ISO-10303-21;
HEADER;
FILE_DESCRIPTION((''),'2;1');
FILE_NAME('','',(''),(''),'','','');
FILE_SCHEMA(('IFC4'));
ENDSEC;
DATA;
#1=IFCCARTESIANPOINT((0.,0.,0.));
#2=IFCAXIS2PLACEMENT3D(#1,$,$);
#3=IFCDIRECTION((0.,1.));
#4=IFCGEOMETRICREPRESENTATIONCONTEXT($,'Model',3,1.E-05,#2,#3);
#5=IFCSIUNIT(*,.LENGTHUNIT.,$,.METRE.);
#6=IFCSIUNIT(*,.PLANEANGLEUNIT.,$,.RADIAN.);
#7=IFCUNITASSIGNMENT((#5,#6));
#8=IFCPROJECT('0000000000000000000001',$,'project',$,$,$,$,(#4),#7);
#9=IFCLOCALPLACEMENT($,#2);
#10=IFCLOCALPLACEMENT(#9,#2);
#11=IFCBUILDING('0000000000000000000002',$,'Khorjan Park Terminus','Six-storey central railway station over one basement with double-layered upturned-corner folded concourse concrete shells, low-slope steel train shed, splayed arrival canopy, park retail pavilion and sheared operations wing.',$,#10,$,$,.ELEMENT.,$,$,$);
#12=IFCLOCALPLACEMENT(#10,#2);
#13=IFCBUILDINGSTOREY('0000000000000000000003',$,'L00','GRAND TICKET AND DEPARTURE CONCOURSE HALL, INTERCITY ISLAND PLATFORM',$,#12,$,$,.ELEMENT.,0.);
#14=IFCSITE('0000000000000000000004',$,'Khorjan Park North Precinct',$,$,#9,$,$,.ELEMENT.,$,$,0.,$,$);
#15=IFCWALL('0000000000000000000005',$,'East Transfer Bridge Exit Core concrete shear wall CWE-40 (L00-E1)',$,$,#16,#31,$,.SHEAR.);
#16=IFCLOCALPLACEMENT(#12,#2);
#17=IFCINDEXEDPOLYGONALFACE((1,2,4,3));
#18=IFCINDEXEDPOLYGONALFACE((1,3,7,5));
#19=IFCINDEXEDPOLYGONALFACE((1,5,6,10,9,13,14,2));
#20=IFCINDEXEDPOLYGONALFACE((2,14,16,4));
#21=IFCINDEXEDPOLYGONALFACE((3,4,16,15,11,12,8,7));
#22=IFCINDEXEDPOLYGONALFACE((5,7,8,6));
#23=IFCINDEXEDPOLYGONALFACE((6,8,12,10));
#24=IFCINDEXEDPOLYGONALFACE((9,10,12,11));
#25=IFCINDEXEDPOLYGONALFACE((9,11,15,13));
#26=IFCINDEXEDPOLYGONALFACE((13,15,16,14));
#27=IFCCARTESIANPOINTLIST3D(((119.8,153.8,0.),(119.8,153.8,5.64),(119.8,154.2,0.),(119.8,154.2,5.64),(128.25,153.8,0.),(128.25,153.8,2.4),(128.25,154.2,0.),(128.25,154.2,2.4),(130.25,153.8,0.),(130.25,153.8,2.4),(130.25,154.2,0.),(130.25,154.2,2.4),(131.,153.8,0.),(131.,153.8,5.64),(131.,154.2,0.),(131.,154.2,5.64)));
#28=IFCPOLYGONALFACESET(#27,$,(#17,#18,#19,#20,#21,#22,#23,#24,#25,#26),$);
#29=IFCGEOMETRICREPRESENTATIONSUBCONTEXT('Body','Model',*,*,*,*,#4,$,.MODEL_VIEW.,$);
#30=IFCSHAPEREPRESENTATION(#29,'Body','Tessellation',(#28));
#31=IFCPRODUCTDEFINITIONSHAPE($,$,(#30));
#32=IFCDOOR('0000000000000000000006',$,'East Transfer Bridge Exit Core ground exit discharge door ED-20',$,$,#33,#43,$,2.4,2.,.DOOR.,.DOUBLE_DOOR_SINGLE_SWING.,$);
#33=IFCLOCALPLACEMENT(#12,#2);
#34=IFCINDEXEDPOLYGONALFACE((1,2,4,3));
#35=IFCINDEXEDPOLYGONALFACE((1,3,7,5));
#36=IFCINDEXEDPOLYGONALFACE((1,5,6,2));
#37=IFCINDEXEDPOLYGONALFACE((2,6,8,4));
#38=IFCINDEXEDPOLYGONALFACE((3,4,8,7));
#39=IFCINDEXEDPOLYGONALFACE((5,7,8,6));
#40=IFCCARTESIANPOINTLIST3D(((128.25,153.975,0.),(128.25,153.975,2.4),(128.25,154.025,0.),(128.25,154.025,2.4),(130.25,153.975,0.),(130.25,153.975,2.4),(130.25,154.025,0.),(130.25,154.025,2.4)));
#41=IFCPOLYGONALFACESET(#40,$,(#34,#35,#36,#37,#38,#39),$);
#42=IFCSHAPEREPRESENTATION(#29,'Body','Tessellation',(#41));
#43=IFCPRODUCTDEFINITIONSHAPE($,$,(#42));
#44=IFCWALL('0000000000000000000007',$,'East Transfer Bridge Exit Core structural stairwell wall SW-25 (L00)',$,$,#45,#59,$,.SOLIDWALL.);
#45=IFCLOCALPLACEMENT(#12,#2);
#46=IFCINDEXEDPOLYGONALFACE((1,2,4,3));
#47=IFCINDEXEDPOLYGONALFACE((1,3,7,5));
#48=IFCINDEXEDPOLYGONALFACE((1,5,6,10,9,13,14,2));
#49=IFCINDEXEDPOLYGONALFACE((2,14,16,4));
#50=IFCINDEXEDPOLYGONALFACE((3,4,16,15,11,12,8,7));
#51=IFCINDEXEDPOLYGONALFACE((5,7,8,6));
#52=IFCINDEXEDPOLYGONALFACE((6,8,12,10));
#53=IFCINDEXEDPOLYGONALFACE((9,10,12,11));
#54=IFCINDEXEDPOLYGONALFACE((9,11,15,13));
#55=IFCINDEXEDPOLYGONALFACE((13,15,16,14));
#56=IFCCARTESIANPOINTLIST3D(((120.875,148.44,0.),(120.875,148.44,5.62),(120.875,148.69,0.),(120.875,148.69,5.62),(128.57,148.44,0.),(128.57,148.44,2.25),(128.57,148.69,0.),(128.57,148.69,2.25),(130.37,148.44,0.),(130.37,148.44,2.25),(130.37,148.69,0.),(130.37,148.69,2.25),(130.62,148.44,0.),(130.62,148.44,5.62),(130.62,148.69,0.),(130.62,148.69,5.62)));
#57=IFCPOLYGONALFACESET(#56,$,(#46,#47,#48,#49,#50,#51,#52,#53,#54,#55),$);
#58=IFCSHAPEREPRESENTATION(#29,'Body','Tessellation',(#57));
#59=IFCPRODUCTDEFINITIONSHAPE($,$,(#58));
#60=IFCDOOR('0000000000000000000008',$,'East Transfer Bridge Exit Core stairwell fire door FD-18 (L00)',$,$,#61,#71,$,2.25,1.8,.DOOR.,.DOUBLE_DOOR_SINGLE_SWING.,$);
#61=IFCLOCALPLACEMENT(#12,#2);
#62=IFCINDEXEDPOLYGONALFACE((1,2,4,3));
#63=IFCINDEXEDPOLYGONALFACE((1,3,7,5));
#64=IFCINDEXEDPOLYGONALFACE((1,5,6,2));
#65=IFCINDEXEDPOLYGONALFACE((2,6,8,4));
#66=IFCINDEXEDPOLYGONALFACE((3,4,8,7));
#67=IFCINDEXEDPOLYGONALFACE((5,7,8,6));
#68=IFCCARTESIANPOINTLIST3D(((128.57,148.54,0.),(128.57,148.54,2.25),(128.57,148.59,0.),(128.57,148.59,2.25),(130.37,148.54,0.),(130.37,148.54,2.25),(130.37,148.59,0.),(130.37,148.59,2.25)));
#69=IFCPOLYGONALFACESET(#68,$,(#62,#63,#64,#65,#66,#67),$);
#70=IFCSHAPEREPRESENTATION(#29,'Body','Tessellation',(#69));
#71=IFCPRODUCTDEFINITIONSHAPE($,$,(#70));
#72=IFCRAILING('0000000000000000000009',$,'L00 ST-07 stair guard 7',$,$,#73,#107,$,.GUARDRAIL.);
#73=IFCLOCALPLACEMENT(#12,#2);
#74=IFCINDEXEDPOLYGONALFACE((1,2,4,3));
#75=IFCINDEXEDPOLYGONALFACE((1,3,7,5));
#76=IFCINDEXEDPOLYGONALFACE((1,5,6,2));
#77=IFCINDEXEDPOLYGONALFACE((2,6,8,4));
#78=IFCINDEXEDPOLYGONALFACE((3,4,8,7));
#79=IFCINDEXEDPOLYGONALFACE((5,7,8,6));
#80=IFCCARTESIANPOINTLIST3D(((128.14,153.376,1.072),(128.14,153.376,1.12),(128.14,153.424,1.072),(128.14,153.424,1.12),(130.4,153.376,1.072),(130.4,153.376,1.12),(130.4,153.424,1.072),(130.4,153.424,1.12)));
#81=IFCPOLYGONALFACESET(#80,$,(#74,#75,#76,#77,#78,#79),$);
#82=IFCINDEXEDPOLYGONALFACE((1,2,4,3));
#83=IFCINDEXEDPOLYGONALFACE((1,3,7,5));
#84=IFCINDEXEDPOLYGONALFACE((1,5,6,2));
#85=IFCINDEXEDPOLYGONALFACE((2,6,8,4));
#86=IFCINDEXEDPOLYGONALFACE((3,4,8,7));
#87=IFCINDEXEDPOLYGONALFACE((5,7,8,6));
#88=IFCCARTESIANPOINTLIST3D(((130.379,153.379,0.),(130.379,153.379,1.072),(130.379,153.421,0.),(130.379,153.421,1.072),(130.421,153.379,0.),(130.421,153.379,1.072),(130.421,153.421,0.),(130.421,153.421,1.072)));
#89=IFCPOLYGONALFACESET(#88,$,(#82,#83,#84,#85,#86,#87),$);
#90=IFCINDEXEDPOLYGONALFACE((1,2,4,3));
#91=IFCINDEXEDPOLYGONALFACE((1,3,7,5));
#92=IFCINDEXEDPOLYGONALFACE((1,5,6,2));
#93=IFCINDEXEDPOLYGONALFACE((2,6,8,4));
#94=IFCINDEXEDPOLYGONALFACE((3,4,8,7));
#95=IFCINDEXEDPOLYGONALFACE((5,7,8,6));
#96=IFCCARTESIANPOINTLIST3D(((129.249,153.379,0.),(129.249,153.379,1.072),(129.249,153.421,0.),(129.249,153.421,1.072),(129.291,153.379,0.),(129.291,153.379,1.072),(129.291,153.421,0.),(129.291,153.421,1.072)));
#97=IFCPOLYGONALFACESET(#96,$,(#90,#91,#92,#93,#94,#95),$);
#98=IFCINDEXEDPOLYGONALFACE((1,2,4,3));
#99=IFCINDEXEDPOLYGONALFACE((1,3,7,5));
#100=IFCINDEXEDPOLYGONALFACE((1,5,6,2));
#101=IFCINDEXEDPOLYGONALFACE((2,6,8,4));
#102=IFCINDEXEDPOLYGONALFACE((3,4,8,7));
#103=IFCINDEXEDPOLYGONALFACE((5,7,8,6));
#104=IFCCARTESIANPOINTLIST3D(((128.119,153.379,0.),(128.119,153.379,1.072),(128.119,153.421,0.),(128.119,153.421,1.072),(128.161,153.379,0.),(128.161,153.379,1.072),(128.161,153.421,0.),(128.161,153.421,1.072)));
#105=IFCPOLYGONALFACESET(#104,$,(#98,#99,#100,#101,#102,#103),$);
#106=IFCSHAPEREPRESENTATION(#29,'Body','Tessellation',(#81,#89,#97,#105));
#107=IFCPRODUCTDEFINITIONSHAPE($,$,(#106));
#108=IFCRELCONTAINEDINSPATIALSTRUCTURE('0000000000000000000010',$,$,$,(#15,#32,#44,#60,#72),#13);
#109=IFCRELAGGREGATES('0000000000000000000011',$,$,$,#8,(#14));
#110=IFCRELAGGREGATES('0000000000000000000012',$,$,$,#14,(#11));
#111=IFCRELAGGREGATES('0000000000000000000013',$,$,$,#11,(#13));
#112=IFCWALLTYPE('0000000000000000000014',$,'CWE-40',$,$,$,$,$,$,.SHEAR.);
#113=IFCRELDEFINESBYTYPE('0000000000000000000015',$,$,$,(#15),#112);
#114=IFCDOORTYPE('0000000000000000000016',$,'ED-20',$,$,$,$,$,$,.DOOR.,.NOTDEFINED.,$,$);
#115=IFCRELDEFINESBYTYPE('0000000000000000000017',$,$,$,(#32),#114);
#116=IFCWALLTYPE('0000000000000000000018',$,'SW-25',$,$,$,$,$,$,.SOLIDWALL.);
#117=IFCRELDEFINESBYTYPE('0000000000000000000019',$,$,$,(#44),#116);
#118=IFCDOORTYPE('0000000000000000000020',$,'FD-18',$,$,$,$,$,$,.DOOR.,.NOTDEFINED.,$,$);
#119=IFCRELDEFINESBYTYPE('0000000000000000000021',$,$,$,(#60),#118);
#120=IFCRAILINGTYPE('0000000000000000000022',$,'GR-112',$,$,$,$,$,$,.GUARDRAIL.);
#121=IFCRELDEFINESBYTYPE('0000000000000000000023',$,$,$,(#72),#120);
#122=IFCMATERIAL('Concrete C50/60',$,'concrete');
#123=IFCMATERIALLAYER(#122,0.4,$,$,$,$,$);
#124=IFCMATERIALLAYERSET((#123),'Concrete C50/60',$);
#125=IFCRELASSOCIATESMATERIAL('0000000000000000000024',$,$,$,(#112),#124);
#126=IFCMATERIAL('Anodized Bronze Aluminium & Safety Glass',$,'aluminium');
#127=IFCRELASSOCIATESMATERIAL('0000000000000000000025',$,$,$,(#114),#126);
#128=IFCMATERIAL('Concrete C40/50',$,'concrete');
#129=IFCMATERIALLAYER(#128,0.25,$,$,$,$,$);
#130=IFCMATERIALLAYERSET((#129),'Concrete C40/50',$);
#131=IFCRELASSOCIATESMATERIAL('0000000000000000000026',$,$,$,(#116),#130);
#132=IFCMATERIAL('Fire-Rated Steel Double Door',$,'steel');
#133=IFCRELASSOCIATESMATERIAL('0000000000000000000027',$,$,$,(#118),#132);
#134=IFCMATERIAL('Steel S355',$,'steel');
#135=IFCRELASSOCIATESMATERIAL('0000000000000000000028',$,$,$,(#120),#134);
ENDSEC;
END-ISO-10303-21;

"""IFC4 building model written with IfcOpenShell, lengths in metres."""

from ifc_helpers import new_model, si_unit, direction, frame, frame_2d, origin, origin_2d, place, context, subcontext, project, spatial, rectangle, extrude, material, layer, layer_set, type_object, element, fill, save


model = new_model("IFC4")

# Units and contexts
model_context = context("Model", 3, precision=1e-05, world=origin(), true_north=direction((0.0, 1.0)))
body_context = subcontext(model_context, "Body", "Model", "MODEL_VIEW")
ifc_project = project(units=[si_unit("LENGTHUNIT", "METRE"), si_unit("PLANEANGLEUNIT", "RADIAN")], contexts=[model_context])

# Site, building, storey
site_placement = place(None, origin())
site = spatial("IfcSite", under=ifc_project, at=site_placement, Name="Khorjan Park North Precinct", CompositionType="ELEMENT", RefElevation=0.0)
building_placement = place(site_placement, origin())
building = spatial("IfcBuilding", under=site, at=building_placement, Name="Khorjan Park Terminus", Description="Six-storey central railway station over one basement with double-layered upturned-corner folded concourse concrete shells, low-slope steel train shed, splayed arrival canopy, park retail pavilion and sheared operations wing.", CompositionType="ELEMENT")
storey_placement = place(building_placement, origin())
storey = spatial("IfcBuildingStorey", under=building, at=storey_placement, Name="L00", Description="GRAND TICKET AND DEPARTURE CONCOURSE HALL, INTERCITY ISLAND PLATFORM", CompositionType="ELEMENT", Elevation=0.0)

# Shared definitions
ifc_material_1 = material(Name="Steel S355", Category="steel")

# Shared definitions
ifc_material_2 = material(Name="Concrete C50/60", Category="concrete")

# Walls, openings, doors
ifc_layer_1 = layer(ifc_material_2, 0.4)
ifc_layer_set_1 = layer_set([ifc_layer_1], Name="Concrete C50/60")
wall_type_1 = type_object("IfcWallType", Name="CWE-40", PredefinedType="SHEAR", material=ifc_layer_set_1)
wall_1_placement = place(storey_placement, frame((131.0, 154.0, 0.0), z_axis=(0.0, 0.0, 1.0), x_axis=(-1.0, 0.0, 0.0)))
wall_1 = element("IfcWall", 1, at=wall_1_placement, inside=storey, type_object=wall_type_1, Name="East Transfer Bridge Exit Core concrete shear wall CWE-40 (L00-E1)", PredefinedType="SHEAR", context=body_context, shape_type="SweptSolid", body=[
    extrude(rectangle(XDim=11.2, YDim=0.4, at=frame_2d((5.6, 0.0))), origin(), (0.0, 0.0, 1.0), 5.64),
])
opening_1_placement = place(wall_1_placement, frame((0.75, 0.0, 0.0)))
opening_1 = element("IfcOpeningElement", 2, at=opening_1_placement, cuts=wall_1, PredefinedType="OPENING", context=body_context, shape_type="SweptSolid", body=[
    extrude(rectangle(XDim=2.0, YDim=2.4, at=frame_2d((1.0, 1.2))), frame((0.0, 0.21, 0.0), z_axis=(0.0, -1.0, 0.0), x_axis=(1.0, 0.0, 0.0)), (0.0, 0.0, 1.0), 0.42),
])
ifc_material_3 = material(Name="Anodized Bronze Aluminium & Safety Glass", Category="aluminium")
door_type_1 = type_object("IfcDoorType", Name="ED-20", OperationType="NOTDEFINED", PredefinedType="DOOR", material=ifc_material_3)
door_1_placement = place(opening_1_placement, frame((2.0, 0.0, 0.0), z_axis=(0.0, 0.0, 1.0), x_axis=(-1.0, 0.0, 0.0)))
door_1 = element("IfcDoor", 3, at=door_1_placement, inside=storey, type_object=door_type_1, Name="East Transfer Bridge Exit Core ground exit discharge door ED-20", OperationType="DOUBLE_DOOR_SINGLE_SWING", OverallHeight=2.4, OverallWidth=2.0, PredefinedType="DOOR", context=body_context, shape_type="SweptSolid", body=[
    extrude(rectangle(XDim=2.0, YDim=2.4, at=frame_2d((1.0, 1.2))), frame((0.0, 0.025, 0.0), z_axis=(0.0, -1.0, 0.0), x_axis=(1.0, 0.0, 0.0)), (0.0, 0.0, 1.0), 0.05),
])
fill(opening_1, door_1)
ifc_material_4 = material(Name="Concrete C40/50", Category="concrete")
ifc_layer_2 = layer(ifc_material_4, 0.25)
ifc_layer_set_2 = layer_set([ifc_layer_2], Name="Concrete C40/50")
wall_type_2 = type_object("IfcWallType", Name="SW-25", PredefinedType="SOLIDWALL", material=ifc_layer_set_2)
wall_2_placement = place(storey_placement, frame((130.62, 148.565, 0.0), z_axis=(0.0, 0.0, 1.0), x_axis=(-1.0, 0.0, 0.0)))
wall_2 = element("IfcWall", 4, at=wall_2_placement, inside=storey, type_object=wall_type_2, Name="East Transfer Bridge Exit Core structural stairwell wall SW-25 (L00)", PredefinedType="SOLIDWALL", context=body_context, shape_type="SweptSolid", body=[
    extrude(rectangle(XDim=9.745, YDim=0.25, at=frame_2d((4.8725, 0.0))), origin(), (0.0, 0.0, 1.0), 5.62),
])
opening_2_placement = place(wall_2_placement, frame((0.25, 0.0, 0.0)))
opening_2 = element("IfcOpeningElement", 5, at=opening_2_placement, cuts=wall_2, PredefinedType="OPENING", context=body_context, shape_type="SweptSolid", body=[
    extrude(rectangle(XDim=1.8, YDim=2.25, at=frame_2d((0.9, 1.125))), frame((0.0, 0.135, 0.0), z_axis=(0.0, -1.0, 0.0), x_axis=(1.0, 0.0, 0.0)), (0.0, 0.0, 1.0), 0.27),
])
ifc_material_5 = material(Name="Fire-Rated Steel Double Door", Category="steel")
door_type_2 = type_object("IfcDoorType", Name="FD-18", OperationType="NOTDEFINED", PredefinedType="DOOR", material=ifc_material_5)
door_2_placement = place(opening_2_placement, origin())
door_2 = element("IfcDoor", 6, at=door_2_placement, inside=storey, type_object=door_type_2, Name="East Transfer Bridge Exit Core stairwell fire door FD-18 (L00)", OperationType="DOUBLE_DOOR_SINGLE_SWING", OverallHeight=2.25, OverallWidth=1.8, PredefinedType="DOOR", context=body_context, shape_type="SweptSolid", body=[
    extrude(rectangle(XDim=1.8, YDim=2.25, at=frame_2d((0.9, 1.125))), frame((0.0, 0.025, 0.0), z_axis=(0.0, -1.0, 0.0), x_axis=(1.0, 0.0, 0.0)), (0.0, 0.0, 1.0), 0.05),
])
fill(opening_2, door_2)

# Railing
railing_type = type_object("IfcRailingType", Name="GR-112", PredefinedType="GUARDRAIL", material=ifc_material_1)
railing_placement = place(storey_placement, frame((130.4, 153.4, 0.0)))
element("IfcRailing", 7, at=railing_placement, inside=storey, type_object=railing_type, Name="L00 ST-07 stair guard 7", PredefinedType="GUARDRAIL", context=body_context, shape_type="SweptSolid", body=[
    extrude(rectangle(XDim=0.048, YDim=0.048, at=origin_2d()), frame((0.0, 0.0, 1.096), z_axis=(-1.0, 0.0, 0.0), x_axis=(0.0, -1.0, 0.0)), (0.0, 0.0, 1.0), 2.26),
    extrude(rectangle(XDim=0.042, YDim=0.042, at=origin_2d()), origin(), (0.0, 0.0, 1.0), 1.072),
    extrude(rectangle(XDim=0.042, YDim=0.042, at=origin_2d()), frame((-1.13, 0.0, 0.0)), (0.0, 0.0, 1.0), 1.072),
    extrude(rectangle(XDim=0.042, YDim=0.042, at=origin_2d()), frame((-2.26, 0.0, 0.0)), (0.0, 0.0, 1.0), 1.072),
])

save(model, "model.ifc")
